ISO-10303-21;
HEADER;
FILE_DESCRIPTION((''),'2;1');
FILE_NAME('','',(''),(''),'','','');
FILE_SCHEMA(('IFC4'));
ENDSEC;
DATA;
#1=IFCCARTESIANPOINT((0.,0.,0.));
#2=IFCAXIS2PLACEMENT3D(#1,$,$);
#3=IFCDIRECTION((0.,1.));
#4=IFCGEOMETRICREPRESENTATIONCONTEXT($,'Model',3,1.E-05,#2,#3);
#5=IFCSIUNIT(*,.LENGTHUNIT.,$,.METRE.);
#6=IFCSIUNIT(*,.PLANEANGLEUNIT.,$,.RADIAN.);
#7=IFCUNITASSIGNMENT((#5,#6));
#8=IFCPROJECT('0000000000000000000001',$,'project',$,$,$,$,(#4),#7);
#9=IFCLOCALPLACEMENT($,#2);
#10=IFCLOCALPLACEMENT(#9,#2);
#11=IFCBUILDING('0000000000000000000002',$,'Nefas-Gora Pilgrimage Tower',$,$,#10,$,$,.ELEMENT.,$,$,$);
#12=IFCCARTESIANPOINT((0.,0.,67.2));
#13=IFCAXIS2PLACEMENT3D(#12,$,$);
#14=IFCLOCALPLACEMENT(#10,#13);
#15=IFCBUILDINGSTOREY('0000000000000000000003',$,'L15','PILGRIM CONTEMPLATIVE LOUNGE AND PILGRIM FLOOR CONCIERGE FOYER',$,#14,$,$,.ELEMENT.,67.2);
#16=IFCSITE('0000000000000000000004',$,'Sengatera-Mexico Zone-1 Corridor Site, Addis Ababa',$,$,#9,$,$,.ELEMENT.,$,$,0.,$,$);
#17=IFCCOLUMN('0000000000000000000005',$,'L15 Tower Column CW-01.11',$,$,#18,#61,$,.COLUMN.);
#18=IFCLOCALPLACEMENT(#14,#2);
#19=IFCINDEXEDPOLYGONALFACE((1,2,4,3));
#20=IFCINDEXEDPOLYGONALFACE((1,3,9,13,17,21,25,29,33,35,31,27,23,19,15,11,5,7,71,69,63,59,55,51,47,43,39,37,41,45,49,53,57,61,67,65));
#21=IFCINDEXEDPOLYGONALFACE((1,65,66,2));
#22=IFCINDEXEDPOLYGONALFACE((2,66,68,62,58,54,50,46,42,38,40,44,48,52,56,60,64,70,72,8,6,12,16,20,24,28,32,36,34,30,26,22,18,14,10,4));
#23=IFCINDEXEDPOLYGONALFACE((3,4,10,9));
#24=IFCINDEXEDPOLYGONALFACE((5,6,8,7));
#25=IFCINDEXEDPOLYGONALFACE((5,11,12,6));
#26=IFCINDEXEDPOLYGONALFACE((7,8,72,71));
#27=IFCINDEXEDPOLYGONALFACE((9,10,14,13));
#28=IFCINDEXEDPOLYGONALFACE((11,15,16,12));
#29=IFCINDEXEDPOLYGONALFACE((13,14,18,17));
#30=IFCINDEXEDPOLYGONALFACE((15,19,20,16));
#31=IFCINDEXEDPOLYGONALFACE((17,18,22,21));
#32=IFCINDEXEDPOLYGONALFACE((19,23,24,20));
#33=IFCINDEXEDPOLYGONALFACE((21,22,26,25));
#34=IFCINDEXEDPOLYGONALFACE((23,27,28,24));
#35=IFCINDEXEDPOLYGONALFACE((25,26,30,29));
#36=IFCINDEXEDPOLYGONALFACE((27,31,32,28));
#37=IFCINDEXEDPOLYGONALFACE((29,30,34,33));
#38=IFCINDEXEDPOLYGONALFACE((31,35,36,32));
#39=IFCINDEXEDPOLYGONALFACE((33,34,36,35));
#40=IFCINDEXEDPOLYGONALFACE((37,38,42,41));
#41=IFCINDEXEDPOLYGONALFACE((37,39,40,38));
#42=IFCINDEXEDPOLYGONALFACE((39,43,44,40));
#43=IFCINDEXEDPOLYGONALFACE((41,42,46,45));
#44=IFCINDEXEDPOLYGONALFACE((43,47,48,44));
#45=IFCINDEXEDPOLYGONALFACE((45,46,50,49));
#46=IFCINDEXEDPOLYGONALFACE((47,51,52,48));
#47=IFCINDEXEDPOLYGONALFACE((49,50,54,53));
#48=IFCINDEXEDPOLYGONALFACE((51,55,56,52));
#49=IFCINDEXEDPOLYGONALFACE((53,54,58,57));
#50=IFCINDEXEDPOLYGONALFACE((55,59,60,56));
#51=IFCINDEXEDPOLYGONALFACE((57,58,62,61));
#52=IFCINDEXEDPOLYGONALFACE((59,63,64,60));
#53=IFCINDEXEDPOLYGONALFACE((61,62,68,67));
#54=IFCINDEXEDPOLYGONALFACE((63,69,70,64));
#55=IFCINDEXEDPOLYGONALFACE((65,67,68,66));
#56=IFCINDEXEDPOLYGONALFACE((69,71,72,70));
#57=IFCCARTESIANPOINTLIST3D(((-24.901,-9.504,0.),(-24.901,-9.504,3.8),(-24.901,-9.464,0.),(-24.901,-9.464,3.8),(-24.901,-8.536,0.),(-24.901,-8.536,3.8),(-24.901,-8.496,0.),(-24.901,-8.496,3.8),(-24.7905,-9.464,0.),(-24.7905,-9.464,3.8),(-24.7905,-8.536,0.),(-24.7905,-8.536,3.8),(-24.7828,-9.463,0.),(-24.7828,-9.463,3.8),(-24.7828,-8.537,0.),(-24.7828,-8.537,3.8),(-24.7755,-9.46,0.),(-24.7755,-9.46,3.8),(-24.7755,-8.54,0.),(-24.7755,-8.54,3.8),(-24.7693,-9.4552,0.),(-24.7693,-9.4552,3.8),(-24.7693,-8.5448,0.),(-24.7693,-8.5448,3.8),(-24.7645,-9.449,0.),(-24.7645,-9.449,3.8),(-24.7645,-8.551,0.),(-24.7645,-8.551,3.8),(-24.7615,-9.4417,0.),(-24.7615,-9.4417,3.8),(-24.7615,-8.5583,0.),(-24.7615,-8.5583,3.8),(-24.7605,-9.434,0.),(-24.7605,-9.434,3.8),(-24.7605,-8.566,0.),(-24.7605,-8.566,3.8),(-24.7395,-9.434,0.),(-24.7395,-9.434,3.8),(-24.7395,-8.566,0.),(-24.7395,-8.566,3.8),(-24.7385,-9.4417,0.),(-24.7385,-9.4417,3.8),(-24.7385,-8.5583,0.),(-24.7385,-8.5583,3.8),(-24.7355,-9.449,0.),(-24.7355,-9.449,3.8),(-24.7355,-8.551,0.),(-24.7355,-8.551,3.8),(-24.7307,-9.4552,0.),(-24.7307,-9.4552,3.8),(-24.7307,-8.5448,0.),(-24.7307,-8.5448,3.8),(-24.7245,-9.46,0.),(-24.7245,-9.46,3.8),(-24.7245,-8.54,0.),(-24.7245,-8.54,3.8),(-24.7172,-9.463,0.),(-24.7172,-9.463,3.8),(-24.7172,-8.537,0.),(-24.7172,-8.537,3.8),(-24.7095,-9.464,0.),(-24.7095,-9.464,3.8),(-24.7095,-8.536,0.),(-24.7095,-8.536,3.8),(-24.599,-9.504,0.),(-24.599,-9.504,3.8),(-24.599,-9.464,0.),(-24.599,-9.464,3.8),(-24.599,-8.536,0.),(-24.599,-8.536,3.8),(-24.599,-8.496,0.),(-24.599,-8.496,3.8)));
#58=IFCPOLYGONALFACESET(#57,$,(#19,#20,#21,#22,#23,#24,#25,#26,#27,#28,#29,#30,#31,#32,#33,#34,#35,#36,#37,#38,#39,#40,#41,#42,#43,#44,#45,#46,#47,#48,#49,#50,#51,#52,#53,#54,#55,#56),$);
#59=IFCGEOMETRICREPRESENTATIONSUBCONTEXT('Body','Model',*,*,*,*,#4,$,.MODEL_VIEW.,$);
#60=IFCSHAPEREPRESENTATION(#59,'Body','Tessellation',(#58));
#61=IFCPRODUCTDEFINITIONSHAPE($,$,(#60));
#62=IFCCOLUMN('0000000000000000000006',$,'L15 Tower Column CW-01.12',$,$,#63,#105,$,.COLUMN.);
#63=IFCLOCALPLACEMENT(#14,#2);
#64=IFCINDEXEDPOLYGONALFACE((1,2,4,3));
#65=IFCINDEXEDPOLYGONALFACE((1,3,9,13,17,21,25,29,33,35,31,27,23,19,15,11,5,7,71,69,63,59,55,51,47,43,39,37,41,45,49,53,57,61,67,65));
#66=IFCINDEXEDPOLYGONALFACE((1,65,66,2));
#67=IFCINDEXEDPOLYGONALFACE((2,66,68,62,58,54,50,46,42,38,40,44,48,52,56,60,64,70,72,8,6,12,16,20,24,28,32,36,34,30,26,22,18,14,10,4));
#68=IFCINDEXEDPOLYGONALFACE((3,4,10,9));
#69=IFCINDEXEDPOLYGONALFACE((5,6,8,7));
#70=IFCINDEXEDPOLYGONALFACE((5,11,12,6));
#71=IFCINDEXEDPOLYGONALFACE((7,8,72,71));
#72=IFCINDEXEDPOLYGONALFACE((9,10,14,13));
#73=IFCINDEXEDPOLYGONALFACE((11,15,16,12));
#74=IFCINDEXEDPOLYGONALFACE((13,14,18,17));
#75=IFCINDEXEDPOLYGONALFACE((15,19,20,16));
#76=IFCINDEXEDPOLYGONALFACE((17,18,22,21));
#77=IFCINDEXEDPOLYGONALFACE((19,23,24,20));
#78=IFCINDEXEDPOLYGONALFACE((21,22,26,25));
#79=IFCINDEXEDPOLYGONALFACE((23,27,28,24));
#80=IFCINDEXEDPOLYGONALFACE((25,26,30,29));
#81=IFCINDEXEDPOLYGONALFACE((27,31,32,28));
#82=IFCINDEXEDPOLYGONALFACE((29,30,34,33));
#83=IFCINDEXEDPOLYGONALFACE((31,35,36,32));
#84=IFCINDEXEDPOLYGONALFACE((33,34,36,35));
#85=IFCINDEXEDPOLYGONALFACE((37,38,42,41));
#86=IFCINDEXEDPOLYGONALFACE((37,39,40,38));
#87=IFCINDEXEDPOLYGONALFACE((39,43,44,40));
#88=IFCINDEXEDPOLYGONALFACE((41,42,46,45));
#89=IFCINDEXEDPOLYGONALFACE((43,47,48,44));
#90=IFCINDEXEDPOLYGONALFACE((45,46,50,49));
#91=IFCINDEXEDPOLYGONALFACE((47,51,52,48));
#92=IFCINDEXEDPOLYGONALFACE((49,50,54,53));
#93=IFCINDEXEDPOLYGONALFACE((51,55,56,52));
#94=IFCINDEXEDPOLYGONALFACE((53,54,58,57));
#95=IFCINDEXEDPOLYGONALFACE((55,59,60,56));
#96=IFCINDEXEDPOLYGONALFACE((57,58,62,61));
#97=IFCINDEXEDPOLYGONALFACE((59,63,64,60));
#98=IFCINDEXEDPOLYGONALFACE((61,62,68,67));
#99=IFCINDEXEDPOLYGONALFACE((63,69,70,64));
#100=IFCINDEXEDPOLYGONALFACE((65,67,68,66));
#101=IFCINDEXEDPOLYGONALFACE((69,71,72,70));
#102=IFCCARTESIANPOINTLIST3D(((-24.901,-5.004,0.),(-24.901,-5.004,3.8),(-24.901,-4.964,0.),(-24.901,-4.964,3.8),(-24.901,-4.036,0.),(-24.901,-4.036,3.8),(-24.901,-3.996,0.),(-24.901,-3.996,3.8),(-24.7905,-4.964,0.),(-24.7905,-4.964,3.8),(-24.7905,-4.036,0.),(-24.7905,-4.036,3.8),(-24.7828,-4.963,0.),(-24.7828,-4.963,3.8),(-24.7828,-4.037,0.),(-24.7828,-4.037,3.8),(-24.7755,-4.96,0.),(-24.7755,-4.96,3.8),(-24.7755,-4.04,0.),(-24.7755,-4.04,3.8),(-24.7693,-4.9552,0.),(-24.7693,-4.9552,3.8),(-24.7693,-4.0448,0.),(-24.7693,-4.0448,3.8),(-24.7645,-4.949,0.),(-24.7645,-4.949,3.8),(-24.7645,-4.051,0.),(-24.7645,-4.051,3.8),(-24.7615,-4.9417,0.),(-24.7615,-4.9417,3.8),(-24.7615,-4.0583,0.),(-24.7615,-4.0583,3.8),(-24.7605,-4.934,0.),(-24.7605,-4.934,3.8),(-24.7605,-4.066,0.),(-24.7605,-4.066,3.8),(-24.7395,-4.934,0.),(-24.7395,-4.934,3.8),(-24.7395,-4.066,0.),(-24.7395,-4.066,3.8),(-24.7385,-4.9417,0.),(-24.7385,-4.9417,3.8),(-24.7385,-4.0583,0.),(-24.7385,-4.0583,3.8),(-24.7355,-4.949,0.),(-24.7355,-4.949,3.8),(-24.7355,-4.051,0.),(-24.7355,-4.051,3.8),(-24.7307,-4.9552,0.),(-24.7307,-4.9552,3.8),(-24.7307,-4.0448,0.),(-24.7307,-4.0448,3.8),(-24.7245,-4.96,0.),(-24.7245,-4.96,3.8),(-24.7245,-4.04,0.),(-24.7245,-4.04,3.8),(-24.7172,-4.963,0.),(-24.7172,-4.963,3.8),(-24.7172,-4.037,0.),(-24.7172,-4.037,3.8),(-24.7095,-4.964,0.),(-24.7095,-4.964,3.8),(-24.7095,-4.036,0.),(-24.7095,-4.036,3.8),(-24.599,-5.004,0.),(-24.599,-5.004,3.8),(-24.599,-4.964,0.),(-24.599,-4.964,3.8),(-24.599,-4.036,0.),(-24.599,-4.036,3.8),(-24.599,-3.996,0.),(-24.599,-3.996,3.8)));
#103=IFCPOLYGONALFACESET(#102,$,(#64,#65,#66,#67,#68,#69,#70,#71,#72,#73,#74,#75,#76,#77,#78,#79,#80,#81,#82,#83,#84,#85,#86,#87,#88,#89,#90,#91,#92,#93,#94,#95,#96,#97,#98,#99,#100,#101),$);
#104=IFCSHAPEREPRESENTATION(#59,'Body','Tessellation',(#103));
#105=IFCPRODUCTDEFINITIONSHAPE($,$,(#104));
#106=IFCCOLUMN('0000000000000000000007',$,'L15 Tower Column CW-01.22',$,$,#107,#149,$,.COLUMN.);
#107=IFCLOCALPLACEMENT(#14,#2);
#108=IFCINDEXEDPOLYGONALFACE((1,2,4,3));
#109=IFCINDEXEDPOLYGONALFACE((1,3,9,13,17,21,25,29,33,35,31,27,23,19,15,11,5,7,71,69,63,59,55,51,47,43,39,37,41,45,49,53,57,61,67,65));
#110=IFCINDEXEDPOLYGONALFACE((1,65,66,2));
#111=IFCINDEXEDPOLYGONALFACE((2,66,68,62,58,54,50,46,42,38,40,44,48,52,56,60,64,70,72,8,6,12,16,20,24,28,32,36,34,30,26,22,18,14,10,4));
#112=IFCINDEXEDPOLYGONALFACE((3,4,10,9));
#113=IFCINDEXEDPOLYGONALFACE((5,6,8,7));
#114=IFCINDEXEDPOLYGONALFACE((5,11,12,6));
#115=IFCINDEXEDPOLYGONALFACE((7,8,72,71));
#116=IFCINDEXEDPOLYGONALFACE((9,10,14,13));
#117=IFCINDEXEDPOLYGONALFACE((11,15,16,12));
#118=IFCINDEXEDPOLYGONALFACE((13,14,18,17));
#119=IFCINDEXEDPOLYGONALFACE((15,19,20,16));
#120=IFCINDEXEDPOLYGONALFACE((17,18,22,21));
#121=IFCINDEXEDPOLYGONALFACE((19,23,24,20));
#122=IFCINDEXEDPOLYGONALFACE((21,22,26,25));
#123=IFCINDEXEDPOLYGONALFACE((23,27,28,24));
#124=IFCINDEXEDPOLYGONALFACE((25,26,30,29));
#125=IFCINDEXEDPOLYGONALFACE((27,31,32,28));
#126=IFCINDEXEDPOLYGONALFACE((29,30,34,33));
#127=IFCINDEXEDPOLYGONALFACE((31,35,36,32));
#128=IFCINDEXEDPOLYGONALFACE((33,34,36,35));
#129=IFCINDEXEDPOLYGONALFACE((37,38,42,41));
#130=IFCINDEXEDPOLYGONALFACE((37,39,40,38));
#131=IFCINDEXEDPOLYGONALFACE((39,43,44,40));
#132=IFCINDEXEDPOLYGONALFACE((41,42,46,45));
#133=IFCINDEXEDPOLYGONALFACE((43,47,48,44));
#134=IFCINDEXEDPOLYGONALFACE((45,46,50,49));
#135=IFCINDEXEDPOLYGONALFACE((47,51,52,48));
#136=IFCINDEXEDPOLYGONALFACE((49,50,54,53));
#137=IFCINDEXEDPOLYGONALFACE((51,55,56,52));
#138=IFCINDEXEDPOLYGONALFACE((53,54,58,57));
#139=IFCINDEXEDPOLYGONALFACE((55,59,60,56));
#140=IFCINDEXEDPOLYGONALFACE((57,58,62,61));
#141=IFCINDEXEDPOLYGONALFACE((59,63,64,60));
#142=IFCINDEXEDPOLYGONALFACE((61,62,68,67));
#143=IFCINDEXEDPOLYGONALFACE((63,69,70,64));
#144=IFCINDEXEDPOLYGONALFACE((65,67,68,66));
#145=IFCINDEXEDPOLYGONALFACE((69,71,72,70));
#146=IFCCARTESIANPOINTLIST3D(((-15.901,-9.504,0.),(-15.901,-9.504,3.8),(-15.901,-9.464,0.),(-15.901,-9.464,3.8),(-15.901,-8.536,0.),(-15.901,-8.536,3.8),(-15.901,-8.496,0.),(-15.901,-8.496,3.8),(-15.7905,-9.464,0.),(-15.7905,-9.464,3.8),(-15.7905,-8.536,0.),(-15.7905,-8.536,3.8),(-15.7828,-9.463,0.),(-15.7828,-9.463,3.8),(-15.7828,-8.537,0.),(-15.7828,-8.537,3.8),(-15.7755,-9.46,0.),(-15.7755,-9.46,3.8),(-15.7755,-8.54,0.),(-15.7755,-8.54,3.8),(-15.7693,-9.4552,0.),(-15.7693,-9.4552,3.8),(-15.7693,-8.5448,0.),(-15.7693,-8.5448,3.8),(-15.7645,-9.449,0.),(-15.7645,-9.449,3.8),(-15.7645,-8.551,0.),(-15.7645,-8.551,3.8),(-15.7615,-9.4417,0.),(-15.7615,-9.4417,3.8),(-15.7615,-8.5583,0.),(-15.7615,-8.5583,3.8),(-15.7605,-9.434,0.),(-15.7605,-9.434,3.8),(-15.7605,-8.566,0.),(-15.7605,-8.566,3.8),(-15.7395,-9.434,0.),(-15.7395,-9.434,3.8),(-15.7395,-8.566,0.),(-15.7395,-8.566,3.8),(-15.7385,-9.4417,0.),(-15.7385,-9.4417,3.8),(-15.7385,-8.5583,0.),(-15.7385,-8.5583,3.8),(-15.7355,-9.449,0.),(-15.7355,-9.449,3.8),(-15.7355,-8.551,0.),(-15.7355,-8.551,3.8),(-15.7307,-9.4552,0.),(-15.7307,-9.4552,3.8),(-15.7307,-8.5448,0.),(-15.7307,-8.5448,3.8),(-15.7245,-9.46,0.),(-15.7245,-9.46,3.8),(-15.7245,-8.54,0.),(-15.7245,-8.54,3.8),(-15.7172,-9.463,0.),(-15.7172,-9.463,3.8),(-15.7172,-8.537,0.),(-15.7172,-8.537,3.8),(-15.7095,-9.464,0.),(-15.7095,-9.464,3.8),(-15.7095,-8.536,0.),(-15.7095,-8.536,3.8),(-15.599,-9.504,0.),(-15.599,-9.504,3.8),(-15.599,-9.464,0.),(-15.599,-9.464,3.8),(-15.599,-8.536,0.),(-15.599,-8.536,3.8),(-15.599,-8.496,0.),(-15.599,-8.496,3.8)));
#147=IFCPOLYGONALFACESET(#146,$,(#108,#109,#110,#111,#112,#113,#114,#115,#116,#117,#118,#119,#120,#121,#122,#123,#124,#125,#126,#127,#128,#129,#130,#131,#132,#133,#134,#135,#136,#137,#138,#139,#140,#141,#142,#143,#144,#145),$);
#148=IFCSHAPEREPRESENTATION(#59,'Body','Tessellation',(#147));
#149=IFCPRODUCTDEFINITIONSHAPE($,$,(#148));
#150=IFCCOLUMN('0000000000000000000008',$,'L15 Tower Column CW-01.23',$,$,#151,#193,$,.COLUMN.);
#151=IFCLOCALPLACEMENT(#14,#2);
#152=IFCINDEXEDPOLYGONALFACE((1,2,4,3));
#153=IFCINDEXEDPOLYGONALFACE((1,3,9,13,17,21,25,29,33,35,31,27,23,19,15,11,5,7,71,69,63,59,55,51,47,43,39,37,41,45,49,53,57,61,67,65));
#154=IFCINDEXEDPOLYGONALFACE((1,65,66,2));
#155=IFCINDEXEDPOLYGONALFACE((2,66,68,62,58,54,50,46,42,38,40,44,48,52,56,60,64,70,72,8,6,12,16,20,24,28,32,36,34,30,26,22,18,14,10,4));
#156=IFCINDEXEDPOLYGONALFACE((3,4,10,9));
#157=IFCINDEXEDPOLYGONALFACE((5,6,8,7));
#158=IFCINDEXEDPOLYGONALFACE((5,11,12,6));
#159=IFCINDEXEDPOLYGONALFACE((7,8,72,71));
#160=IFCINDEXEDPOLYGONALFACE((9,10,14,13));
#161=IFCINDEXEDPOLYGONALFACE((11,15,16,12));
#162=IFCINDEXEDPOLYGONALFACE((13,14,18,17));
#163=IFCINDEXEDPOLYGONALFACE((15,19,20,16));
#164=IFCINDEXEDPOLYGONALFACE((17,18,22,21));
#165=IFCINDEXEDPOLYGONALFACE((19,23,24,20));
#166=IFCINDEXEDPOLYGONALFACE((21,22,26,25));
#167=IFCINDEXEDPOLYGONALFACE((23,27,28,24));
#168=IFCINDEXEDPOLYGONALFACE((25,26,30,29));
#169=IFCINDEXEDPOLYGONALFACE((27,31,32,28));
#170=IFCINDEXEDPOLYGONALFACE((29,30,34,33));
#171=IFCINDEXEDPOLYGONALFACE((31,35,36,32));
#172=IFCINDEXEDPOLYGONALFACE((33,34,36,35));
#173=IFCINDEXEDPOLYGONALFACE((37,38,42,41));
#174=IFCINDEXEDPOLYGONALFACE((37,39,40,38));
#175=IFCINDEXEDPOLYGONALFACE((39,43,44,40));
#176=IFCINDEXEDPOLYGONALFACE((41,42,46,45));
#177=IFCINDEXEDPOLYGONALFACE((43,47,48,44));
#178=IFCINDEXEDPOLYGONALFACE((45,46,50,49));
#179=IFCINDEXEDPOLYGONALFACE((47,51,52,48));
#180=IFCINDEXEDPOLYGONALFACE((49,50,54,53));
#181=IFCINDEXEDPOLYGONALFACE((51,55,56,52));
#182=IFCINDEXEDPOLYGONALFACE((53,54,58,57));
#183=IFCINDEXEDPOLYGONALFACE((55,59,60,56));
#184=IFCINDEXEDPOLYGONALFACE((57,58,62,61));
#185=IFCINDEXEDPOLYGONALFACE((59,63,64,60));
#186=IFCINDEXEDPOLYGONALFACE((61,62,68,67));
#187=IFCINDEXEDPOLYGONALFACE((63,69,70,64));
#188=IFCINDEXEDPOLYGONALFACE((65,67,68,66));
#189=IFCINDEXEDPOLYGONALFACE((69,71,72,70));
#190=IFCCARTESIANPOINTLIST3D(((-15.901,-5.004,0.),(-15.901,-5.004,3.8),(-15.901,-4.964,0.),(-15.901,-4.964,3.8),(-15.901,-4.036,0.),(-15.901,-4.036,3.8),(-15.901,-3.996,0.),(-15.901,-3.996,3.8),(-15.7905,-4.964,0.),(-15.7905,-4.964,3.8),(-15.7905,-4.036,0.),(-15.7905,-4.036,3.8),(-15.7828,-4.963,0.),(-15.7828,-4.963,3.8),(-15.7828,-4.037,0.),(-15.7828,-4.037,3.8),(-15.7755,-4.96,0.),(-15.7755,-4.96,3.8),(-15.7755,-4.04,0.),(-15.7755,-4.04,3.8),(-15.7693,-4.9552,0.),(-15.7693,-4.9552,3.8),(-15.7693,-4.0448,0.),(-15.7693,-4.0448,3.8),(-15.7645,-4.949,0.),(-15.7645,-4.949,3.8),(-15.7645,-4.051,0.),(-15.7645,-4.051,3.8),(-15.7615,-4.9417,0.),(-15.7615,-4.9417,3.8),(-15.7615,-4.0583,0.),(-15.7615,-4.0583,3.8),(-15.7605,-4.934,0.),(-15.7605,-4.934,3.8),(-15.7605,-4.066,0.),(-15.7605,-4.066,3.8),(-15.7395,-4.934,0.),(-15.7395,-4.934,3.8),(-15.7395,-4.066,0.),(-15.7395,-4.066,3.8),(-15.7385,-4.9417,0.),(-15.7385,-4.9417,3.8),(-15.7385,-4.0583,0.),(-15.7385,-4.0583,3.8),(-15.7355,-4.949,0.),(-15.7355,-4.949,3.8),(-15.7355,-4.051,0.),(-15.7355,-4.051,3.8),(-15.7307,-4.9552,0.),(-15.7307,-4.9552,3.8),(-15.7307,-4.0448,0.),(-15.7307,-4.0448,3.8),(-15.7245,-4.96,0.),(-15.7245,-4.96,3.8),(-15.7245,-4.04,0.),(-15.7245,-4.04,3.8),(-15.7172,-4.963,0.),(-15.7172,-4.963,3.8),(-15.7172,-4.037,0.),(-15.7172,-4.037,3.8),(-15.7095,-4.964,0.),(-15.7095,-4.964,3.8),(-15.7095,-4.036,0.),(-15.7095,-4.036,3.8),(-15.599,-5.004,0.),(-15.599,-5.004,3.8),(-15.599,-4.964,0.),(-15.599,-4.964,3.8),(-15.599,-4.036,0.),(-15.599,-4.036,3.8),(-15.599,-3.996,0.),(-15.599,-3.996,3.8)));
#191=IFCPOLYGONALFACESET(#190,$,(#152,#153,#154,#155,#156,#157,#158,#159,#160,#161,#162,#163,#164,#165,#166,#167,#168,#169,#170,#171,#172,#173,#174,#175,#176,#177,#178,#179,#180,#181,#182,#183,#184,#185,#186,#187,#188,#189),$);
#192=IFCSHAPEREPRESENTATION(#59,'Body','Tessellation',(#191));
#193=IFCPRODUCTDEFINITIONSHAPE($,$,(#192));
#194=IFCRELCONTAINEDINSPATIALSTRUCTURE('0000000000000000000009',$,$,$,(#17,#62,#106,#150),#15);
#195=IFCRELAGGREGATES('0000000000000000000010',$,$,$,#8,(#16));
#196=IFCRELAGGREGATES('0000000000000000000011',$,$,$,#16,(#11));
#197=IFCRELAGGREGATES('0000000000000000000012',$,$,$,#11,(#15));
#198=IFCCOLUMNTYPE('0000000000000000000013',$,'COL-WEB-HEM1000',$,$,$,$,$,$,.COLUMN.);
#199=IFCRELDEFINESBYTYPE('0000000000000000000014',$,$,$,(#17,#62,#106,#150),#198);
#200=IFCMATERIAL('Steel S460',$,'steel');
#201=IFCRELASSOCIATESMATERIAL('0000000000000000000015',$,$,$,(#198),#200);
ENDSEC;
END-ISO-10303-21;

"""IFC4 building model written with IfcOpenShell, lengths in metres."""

from ifc_helpers import new_model, si_unit, direction, frame, origin, origin_2d, place, context, subcontext, project, spatial, i_section, extrude, source, transform, mapped, material, material_profile, profile_set, type_object, element, save


model = new_model("IFC4")

# Units and contexts
model_context = context("Model", 3, precision=1e-05, world=origin(), true_north=direction((0.0, 1.0)))
body_context = subcontext(model_context, "Body", "Model", "MODEL_VIEW")
ifc_project = project(units=[si_unit("LENGTHUNIT", "METRE"), si_unit("PLANEANGLEUNIT", "RADIAN")], contexts=[model_context])

# Site, building, storey
site_placement = place(None, origin())
site = spatial("IfcSite", under=ifc_project, at=site_placement, Name="Sengatera-Mexico Zone-1 Corridor Site, Addis Ababa", CompositionType="ELEMENT", RefElevation=0.0)
building_placement = place(site_placement, origin())
building = spatial("IfcBuilding", under=site, at=building_placement, Name="Nefas-Gora Pilgrimage Tower", CompositionType="ELEMENT")
storey_placement = place(building_placement, frame((0.0, 0.0, 67.2)))
storey = spatial("IfcBuildingStorey", under=building, at=storey_placement, Name="L15", Description="PILGRIM CONTEMPLATIVE LOUNGE AND PILGRIM FLOOR CONCIERGE FOYER", CompositionType="ELEMENT", Elevation=67.2)

# Columns
ifc_material_1 = material(Name="Steel S460", Category="steel")
ifc_material_profile_1 = material_profile(ifc_material_1, i_section(OverallWidth=0.302, OverallDepth=1.0081, WebThickness=0.021, FlangeThickness=0.04, FilletRadius=0.03, at=origin_2d()), Name="HEM 1000")
ifc_profile_set_1 = profile_set([ifc_material_profile_1], Name="Steel S460")
column_type_1 = type_object("IfcColumnType", Name="COL-WEB-HEM1000", PredefinedType="COLUMN", material=ifc_profile_set_1)
shared_shape_1 = source(origin(), body_context, "Body", "SweptSolid", [
    extrude(i_section(OverallWidth=0.302, OverallDepth=1.0081, WebThickness=0.021, FlangeThickness=0.04, FilletRadius=0.03, at=origin_2d()), origin(), (0.0, 0.0, 1.0), 3.8),
])
for number, where, z_axis, x_axis, name in (
    (1, (-24.75, -9.0, 0.0), (0.0, 0.0, 1.0), (1.0, 0.0, 0.0), "L15 Tower Column CW-01.11"),
    (2, (-24.75, -4.5, 0.0), (0.0, 0.0, 1.0), (1.0, 0.0, 0.0), "L15 Tower Column CW-01.12"),
    (3, (-15.75, -9.0, 0.0), (0.0, 0.0, 1.0), (1.0, 0.0, 0.0), "L15 Tower Column CW-01.22"),
    (4, (-15.75, -4.5, 0.0), (0.0, 0.0, 1.0), (1.0, 0.0, 0.0), "L15 Tower Column CW-01.23"),
):
    element("IfcColumn", number, at=place(storey_placement, frame(where, z_axis=z_axis, x_axis=x_axis)), inside=storey, type_object=column_type_1, Name=name, PredefinedType="COLUMN", context=body_context, shape_type="MappedRepresentation", body=[
        mapped(shared_shape_1, transform((0.0, 0.0, 0.0), x_axis=(1.0, 0.0, 0.0), y_axis=(0.0, 1.0, 0.0), z_axis=(0.0, 0.0, 1.0), scale=1.0)),
    ])

save(model, "model.ifc")
